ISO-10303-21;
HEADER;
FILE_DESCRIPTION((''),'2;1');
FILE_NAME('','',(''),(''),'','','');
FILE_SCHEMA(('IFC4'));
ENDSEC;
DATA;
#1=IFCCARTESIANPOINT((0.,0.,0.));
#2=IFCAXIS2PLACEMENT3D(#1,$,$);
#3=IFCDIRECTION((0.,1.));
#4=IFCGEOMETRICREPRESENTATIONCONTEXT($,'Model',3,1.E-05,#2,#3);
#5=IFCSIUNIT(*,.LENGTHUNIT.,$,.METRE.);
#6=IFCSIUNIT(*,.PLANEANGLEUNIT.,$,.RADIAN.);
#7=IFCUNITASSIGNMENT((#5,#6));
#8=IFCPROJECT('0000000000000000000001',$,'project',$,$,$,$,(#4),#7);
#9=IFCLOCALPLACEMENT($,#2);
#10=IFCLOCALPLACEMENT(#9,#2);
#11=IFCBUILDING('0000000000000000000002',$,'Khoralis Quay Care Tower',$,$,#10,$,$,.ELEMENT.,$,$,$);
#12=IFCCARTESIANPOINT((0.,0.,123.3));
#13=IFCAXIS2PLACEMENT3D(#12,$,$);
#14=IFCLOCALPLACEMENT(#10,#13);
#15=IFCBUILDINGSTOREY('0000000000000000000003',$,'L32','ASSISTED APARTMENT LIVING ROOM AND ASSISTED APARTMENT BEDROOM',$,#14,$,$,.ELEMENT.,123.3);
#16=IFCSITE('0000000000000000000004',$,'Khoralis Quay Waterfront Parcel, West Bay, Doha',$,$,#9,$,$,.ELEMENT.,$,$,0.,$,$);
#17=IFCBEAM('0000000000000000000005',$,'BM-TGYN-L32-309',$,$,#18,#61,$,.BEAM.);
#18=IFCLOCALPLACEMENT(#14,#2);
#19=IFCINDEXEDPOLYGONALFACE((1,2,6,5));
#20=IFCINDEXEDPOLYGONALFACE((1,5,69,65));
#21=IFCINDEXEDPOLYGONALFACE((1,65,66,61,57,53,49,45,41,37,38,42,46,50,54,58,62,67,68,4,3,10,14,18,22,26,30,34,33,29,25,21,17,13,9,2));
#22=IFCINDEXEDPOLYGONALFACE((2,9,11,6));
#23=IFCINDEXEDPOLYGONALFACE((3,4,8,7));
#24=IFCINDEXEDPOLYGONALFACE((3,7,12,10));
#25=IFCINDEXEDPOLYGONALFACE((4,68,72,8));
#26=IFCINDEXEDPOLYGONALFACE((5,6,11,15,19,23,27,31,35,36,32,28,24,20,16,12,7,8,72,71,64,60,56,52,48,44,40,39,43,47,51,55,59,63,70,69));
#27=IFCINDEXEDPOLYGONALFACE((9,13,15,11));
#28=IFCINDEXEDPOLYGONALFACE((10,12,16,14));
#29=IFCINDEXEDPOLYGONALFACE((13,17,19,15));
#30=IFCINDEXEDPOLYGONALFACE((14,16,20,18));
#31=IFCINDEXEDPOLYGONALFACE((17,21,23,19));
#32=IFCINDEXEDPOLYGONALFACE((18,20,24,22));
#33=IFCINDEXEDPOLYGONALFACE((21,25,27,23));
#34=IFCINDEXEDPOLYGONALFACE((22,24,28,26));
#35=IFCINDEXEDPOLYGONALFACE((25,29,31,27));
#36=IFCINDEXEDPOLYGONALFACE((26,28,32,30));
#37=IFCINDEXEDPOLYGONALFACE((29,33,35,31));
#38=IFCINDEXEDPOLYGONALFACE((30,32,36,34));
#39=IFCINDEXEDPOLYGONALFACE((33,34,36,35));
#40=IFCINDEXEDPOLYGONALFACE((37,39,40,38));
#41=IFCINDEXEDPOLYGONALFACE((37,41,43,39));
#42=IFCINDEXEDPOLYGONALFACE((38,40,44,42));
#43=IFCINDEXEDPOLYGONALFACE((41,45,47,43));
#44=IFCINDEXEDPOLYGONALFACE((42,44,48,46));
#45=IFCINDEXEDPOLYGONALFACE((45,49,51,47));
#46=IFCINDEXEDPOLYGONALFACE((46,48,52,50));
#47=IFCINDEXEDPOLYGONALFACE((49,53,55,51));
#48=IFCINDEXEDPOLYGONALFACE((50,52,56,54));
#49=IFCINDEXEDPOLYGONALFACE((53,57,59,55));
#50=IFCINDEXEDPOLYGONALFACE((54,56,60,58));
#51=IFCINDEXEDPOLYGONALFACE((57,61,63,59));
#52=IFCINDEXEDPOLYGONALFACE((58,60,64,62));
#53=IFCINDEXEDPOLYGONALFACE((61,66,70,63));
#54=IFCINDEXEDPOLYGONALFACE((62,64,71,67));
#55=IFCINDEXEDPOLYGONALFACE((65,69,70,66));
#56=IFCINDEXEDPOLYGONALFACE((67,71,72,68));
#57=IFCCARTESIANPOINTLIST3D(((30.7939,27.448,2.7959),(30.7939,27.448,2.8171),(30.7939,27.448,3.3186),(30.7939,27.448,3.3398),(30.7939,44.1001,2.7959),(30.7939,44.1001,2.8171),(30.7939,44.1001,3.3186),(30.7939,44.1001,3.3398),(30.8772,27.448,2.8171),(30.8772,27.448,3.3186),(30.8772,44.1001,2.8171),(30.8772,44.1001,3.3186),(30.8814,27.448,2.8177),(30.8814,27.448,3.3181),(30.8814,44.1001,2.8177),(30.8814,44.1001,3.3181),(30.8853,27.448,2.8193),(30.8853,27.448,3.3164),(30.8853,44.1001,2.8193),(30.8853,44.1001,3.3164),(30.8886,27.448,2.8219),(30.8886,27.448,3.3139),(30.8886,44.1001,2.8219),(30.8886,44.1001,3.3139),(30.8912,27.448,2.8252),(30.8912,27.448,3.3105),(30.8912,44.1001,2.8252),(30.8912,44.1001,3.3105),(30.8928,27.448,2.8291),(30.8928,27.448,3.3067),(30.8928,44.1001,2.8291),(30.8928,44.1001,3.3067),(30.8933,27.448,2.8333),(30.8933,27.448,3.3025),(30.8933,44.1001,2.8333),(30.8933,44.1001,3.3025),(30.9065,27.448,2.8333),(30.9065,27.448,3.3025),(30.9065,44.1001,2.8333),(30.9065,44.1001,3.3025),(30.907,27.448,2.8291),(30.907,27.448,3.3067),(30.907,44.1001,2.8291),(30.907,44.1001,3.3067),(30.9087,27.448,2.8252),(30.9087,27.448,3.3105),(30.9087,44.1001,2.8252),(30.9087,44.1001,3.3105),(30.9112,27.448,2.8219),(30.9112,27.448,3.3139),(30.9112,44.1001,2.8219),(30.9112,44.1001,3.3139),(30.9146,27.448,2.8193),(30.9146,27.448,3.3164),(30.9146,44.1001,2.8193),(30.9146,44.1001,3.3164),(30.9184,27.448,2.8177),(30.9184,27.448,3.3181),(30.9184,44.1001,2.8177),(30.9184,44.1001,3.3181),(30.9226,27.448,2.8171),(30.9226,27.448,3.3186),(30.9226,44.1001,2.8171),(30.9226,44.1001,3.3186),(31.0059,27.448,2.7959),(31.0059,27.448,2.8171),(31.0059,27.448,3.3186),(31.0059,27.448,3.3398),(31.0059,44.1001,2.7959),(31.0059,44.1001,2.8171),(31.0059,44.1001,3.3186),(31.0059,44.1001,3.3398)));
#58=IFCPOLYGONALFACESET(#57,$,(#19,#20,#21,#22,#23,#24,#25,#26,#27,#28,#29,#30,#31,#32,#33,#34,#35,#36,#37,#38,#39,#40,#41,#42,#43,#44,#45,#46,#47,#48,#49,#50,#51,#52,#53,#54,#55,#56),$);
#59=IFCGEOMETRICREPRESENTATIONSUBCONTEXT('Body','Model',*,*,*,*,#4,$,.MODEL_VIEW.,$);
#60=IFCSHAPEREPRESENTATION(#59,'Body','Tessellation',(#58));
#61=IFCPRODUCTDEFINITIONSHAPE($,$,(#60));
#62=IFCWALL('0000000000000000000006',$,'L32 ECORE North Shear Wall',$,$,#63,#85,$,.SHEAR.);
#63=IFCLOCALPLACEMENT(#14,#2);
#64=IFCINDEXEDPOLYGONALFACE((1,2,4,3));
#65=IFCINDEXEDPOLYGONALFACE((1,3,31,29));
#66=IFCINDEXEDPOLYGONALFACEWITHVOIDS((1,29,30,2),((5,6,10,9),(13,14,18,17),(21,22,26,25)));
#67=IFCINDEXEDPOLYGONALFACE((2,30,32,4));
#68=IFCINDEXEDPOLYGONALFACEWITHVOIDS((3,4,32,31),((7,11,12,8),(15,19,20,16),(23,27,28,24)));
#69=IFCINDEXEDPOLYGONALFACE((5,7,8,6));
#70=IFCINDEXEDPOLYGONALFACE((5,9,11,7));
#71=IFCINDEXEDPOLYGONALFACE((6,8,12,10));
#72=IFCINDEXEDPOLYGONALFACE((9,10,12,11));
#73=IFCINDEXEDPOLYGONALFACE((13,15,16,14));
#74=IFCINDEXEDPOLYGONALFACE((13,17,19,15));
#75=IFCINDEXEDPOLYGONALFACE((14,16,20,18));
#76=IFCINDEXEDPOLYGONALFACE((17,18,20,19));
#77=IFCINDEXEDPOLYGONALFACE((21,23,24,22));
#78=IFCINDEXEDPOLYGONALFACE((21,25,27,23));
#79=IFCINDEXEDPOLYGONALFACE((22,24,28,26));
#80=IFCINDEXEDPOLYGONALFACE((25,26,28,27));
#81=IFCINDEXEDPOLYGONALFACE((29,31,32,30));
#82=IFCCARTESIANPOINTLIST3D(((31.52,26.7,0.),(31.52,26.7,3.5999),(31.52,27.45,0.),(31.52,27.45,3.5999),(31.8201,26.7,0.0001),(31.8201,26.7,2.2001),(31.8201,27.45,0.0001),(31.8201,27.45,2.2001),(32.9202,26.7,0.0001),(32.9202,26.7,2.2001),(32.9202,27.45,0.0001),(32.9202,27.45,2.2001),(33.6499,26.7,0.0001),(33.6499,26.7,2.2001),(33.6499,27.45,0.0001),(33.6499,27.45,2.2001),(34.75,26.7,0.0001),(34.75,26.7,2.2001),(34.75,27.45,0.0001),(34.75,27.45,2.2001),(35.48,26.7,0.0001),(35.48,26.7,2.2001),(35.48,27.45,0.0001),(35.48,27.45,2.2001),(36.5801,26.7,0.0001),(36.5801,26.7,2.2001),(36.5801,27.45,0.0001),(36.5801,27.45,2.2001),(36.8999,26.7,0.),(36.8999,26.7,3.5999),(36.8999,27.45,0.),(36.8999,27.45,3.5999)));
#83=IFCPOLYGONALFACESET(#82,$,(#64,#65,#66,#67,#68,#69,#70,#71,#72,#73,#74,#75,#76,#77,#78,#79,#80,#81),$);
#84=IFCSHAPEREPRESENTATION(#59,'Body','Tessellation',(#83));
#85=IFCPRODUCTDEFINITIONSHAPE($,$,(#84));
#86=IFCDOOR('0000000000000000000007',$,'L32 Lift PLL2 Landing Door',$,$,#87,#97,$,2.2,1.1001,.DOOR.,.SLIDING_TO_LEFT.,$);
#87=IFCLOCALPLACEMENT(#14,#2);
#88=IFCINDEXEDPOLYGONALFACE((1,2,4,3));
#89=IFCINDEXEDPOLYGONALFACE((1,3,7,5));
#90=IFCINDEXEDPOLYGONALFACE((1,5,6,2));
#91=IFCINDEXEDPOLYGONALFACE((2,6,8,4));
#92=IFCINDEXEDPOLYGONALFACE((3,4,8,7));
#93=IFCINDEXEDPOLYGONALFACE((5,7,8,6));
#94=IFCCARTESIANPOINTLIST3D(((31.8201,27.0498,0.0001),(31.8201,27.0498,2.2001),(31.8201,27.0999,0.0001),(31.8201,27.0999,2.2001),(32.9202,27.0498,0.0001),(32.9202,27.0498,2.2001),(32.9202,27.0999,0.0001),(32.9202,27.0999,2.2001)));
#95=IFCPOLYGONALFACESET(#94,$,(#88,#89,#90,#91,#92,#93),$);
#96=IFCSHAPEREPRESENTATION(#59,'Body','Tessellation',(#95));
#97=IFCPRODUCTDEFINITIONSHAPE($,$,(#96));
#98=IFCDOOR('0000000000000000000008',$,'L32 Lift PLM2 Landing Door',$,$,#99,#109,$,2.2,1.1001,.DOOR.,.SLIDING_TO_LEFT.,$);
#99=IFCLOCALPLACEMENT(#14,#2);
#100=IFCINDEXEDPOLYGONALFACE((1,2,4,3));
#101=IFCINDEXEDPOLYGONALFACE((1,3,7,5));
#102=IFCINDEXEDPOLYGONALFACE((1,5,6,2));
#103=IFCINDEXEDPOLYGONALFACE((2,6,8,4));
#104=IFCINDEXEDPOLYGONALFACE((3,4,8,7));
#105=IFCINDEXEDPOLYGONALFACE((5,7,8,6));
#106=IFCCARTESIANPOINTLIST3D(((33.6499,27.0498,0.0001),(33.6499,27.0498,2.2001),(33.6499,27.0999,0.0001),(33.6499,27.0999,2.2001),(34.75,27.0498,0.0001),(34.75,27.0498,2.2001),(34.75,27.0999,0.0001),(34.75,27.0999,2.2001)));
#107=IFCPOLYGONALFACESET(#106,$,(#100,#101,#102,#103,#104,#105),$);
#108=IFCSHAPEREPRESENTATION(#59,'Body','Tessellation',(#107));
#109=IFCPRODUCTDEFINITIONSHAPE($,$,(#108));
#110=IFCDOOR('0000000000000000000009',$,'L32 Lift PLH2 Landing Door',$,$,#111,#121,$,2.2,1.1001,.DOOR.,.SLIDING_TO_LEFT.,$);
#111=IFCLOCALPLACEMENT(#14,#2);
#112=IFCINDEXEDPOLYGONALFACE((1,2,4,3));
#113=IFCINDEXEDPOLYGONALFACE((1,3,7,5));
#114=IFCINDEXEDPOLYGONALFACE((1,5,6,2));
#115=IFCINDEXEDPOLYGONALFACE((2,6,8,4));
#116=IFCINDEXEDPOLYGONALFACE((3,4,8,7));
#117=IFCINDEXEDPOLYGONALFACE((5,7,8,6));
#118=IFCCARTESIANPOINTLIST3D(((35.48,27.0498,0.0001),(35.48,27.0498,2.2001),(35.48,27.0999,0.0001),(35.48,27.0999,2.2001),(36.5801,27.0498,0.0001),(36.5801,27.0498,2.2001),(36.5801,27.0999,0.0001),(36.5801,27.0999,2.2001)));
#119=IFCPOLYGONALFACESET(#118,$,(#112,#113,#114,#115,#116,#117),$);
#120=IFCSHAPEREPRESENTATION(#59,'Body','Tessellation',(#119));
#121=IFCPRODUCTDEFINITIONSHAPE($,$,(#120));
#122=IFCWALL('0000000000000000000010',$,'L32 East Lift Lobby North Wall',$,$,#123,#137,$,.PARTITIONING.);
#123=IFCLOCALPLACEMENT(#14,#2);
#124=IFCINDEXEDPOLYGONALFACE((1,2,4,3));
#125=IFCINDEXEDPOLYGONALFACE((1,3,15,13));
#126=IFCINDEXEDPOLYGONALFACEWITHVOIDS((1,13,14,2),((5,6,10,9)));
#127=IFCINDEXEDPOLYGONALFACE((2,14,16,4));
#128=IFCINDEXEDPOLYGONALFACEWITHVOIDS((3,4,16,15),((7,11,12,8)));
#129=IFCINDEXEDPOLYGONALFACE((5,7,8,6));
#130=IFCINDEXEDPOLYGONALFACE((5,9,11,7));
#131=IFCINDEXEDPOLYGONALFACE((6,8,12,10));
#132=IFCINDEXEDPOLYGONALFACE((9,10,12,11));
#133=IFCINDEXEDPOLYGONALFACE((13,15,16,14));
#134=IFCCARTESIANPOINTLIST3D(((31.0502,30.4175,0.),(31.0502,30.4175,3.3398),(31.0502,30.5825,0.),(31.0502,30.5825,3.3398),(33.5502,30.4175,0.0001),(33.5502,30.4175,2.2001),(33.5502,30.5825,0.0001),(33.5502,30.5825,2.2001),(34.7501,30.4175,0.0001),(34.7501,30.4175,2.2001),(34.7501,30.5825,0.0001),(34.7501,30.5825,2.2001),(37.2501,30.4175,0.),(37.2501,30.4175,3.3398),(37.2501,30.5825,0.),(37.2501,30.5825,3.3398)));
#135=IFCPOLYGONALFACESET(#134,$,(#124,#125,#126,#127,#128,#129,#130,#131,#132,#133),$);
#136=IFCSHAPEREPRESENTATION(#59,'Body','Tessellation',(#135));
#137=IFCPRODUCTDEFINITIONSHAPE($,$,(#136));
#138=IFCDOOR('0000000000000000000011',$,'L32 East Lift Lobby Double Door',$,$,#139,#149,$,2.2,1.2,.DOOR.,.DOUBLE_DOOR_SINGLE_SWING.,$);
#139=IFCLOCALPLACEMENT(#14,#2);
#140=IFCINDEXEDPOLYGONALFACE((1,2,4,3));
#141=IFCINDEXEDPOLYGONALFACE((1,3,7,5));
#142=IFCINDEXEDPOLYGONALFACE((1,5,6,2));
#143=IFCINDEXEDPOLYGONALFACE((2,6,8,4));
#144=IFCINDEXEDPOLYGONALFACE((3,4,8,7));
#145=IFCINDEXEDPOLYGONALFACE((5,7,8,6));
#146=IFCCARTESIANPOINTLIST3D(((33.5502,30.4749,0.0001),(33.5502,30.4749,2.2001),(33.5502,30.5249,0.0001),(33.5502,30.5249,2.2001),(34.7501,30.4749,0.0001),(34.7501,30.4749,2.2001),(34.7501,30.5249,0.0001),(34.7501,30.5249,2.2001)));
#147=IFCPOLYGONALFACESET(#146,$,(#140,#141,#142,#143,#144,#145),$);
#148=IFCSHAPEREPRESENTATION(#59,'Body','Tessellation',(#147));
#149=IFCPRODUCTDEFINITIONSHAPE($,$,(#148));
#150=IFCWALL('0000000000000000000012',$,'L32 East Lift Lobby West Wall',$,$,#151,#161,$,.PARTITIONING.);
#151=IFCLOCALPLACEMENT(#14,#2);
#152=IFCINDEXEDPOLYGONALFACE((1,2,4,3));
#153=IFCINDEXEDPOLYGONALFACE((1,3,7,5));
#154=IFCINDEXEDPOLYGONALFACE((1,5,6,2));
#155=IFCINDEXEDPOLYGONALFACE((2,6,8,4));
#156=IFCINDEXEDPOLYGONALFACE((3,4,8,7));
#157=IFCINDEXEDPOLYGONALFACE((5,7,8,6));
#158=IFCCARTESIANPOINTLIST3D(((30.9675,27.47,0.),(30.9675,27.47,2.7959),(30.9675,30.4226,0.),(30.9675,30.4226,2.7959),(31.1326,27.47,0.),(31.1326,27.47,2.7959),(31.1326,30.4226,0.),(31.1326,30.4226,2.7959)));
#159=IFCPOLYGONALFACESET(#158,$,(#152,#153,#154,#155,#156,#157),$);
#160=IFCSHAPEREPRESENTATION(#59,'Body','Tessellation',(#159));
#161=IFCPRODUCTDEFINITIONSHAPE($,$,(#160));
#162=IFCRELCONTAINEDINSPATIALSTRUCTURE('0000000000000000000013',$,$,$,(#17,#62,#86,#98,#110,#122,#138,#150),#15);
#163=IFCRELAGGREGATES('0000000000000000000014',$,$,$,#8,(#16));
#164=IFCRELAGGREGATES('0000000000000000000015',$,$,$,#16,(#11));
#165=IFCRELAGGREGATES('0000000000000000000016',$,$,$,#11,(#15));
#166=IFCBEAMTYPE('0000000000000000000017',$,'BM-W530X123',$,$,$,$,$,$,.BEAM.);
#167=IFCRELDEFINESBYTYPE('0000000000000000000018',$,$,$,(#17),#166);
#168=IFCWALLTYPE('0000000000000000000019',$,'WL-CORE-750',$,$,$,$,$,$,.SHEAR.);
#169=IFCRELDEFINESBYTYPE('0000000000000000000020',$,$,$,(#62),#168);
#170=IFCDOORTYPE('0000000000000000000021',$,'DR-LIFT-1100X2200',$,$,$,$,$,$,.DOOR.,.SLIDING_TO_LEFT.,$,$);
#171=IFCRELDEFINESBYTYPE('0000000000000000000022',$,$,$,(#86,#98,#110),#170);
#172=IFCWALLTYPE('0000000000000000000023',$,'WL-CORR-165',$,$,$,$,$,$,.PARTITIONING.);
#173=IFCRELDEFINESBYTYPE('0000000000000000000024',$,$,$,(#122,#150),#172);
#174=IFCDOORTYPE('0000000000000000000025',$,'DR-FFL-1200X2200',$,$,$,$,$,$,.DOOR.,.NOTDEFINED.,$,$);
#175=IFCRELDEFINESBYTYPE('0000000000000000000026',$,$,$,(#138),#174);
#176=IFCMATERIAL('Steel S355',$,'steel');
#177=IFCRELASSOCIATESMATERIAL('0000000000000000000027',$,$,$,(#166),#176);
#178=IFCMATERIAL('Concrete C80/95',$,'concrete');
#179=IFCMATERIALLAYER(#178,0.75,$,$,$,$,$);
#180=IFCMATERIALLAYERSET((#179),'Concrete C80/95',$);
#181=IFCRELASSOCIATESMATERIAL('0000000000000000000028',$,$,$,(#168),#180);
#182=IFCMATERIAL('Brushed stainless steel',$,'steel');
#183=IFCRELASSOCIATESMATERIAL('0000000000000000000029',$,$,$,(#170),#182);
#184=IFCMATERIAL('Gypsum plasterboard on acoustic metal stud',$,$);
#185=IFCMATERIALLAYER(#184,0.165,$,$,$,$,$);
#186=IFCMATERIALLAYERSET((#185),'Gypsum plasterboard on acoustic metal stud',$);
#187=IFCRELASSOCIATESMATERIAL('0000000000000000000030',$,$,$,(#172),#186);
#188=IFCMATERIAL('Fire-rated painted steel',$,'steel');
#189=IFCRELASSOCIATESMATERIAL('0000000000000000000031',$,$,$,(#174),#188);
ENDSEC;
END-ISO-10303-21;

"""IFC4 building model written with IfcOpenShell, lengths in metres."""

from ifc_helpers import new_model, si_unit, direction, frame, frame_2d, origin, origin_2d, place, context, subcontext, project, spatial, rectangle, i_section, extrude, source, transform, mapped, material, layer, layer_set, material_profile, profile_set, type_object, element, fill, save


model = new_model("IFC4")

# Units and contexts
model_context = context("Model", 3, precision=1e-05, world=origin(), true_north=direction((0.0, 1.0)))
body_context = subcontext(model_context, "Body", "Model", "MODEL_VIEW")
ifc_project = project(units=[si_unit("LENGTHUNIT", "METRE"), si_unit("PLANEANGLEUNIT", "RADIAN")], contexts=[model_context])

# Site, building, storey
site_placement = place(None, origin())
site = spatial("IfcSite", under=ifc_project, at=site_placement, Name="Khoralis Quay Waterfront Parcel, West Bay, Doha", CompositionType="ELEMENT", RefElevation=0.0)
building_placement = place(site_placement, origin())
building = spatial("IfcBuilding", under=site, at=building_placement, Name="Khoralis Quay Care Tower", CompositionType="ELEMENT")
storey_placement = place(building_placement, frame((0.0, 0.0, 123.3)))
storey = spatial("IfcBuildingStorey", under=building, at=storey_placement, Name="L32", Description="ASSISTED APARTMENT LIVING ROOM AND ASSISTED APARTMENT BEDROOM", CompositionType="ELEMENT", Elevation=123.3)

# Beam
ifc_material_1 = material(Name="Steel S355", Category="steel")
ifc_material_profile_1 = material_profile(ifc_material_1, i_section(OverallWidth=0.2119, OverallDepth=0.5439, WebThickness=0.0132, FlangeThickness=0.0212, FilletRadius=0.0161, at=origin_2d()), Name="Steel S355")
ifc_profile_set_1 = profile_set([ifc_material_profile_1], Name="Steel S355")
beam_type_1 = type_object("IfcBeamType", Name="BM-W530X123", PredefinedType="BEAM", material=ifc_profile_set_1)
shared_shape_1 = source(origin(), body_context, "Body", "SweptSolid", [
    extrude(i_section(OverallWidth=0.2119, OverallDepth=0.5439, WebThickness=0.0132, FlangeThickness=0.0212, FilletRadius=0.0161, at=origin_2d()), origin(), (0.0, 0.0, 1.0), 16.6521),
])
beam_1_placement = place(storey_placement, frame((30.8999, 27.448, 3.0679), z_axis=(0.0, 1.0, 0.0), x_axis=(-1.0, 0.0, 0.0)))
element("IfcBeam", 1, at=beam_1_placement, inside=storey, type_object=beam_type_1, Name="BM-TGYN-L32-309", PredefinedType="BEAM", context=body_context, shape_type="MappedRepresentation", body=[
    mapped(shared_shape_1, transform((0.0, 0.0, 0.0), scale=1.0)),
])

# Wall, openings, doors
ifc_material_2 = material(Name="Concrete C80/95", Category="concrete")
ifc_layer_1 = layer(ifc_material_2, 0.75)
ifc_layer_set_1 = layer_set([ifc_layer_1], Name="Concrete C80/95")
wall_type_1 = type_object("IfcWallType", Name="WL-CORE-750", PredefinedType="SHEAR", material=ifc_layer_set_1)
wall_1_placement = place(storey_placement, frame((31.52, 27.075, 0.0), z_axis=(0.0, 0.0, 1.0), x_axis=(1.0, 0.0, 0.0)))
wall_1 = element("IfcWall", 2, at=wall_1_placement, inside=storey, type_object=wall_type_1, Name="L32 ECORE North Shear Wall", PredefinedType="SHEAR", context=body_context, shape_type="SweptSolid", body=[
    extrude(rectangle(XDim=5.3799, YDim=0.75, at=frame_2d((2.6899, 0.0))), origin(), (0.0, 0.0, 1.0), 3.5999),
])
opening_1_placement = place(wall_1_placement, frame((0.3, 0.0, 0.0)))
opening_1 = element("IfcOpeningElement", 3, at=opening_1_placement, cuts=wall_1, PredefinedType="OPENING", context=body_context, shape_type="SweptSolid", body=[
    extrude(rectangle(XDim=1.1001, YDim=2.2, at=frame_2d((0.55, 1.1001))), frame((0.0, 0.385, 0.0), z_axis=(0.0, -1.0, 0.0), x_axis=(1.0, 0.0, 0.0)), (0.0, 0.0, 1.0), 0.77),
])
opening_2_placement = place(wall_1_placement, frame((2.1299, 0.0, 0.0)))
opening_2 = element("IfcOpeningElement", 4, at=opening_2_placement, cuts=wall_1, PredefinedType="OPENING", context=body_context, shape_type="SweptSolid", body=[
    extrude(rectangle(XDim=1.1001, YDim=2.2, at=frame_2d((0.55, 1.1001))), frame((0.0, 0.385, 0.0), z_axis=(0.0, -1.0, 0.0), x_axis=(1.0, 0.0, 0.0)), (0.0, 0.0, 1.0), 0.77),
])
opening_3_placement = place(wall_1_placement, frame((3.96, 0.0, 0.0)))
opening_3 = element("IfcOpeningElement", 5, at=opening_3_placement, cuts=wall_1, PredefinedType="OPENING", context=body_context, shape_type="SweptSolid", body=[
    extrude(rectangle(XDim=1.1001, YDim=2.2, at=frame_2d((0.55, 1.1001))), frame((0.0, 0.385, 0.0), z_axis=(0.0, -1.0, 0.0), x_axis=(1.0, 0.0, 0.0)), (0.0, 0.0, 1.0), 0.77),
])
ifc_material_3 = material(Name="Brushed stainless steel", Category="steel")
door_type_1 = type_object("IfcDoorType", Name="DR-LIFT-1100X2200", OperationType="SLIDING_TO_LEFT", PredefinedType="DOOR", material=ifc_material_3)
shared_shape_2 = source(origin(), body_context, "Body", "SweptSolid", [
    extrude(rectangle(XDim=1.1001, YDim=2.2, at=frame_2d((0.55, 1.1001))), frame((0.0, 0.0249, 0.0), z_axis=(0.0, -1.0, 0.0), x_axis=(1.0, 0.0, 0.0)), (0.0, 0.0, 1.0), 0.05),
])
door_1_placement = place(opening_1_placement, origin())
door_1 = element("IfcDoor", 6, at=door_1_placement, inside=storey, type_object=door_type_1, Name="L32 Lift PLL2 Landing Door", OperationType="SLIDING_TO_LEFT", OverallHeight=2.2, OverallWidth=1.1001, PredefinedType="DOOR", context=body_context, shape_type="MappedRepresentation", body=[
    mapped(shared_shape_2, transform((0.0, 0.0, 0.0), scale=1.0)),
])
fill(opening_1, door_1)
door_2_placement = place(opening_2_placement, origin())
door_2 = element("IfcDoor", 7, at=door_2_placement, inside=storey, type_object=door_type_1, Name="L32 Lift PLM2 Landing Door", OperationType="SLIDING_TO_LEFT", OverallHeight=2.2, OverallWidth=1.1001, PredefinedType="DOOR", context=body_context, shape_type="MappedRepresentation", body=[
    mapped(shared_shape_2, transform((0.0, 0.0, 0.0), scale=1.0)),
])
fill(opening_2, door_2)
door_3_placement = place(opening_3_placement, origin())
door_3 = element("IfcDoor", 8, at=door_3_placement, inside=storey, type_object=door_type_1, Name="L32 Lift PLH2 Landing Door", OperationType="SLIDING_TO_LEFT", OverallHeight=2.2, OverallWidth=1.1001, PredefinedType="DOOR", context=body_context, shape_type="MappedRepresentation", body=[
    mapped(shared_shape_2, transform((0.0, 0.0, 0.0), scale=1.0)),
])
fill(opening_3, door_3)

# Wall, opening, door
ifc_material_4 = material(Name="Gypsum plasterboard on acoustic metal stud")
ifc_layer_2 = layer(ifc_material_4, 0.165)
ifc_layer_set_2 = layer_set([ifc_layer_2], Name="Gypsum plasterboard on acoustic metal stud")
wall_type_2 = type_object("IfcWallType", Name="WL-CORR-165", PredefinedType="PARTITIONING", material=ifc_layer_set_2)
wall_2_placement = place(storey_placement, frame((31.05, 30.5, 0.0), z_axis=(0.0, 0.0, 1.0), x_axis=(1.0, 0.0, 0.0)))
wall_2 = element("IfcWall", 9, at=wall_2_placement, inside=storey, type_object=wall_type_2, Name="L32 East Lift Lobby North Wall", PredefinedType="PARTITIONING", context=body_context, shape_type="SweptSolid", body=[
    extrude(rectangle(XDim=6.2, YDim=0.165, at=frame_2d((3.1001, 0.0))), origin(), (0.0, 0.0, 1.0), 3.3398),
])
opening_4_placement = place(wall_2_placement, frame((2.5, 0.0, 0.0)))
opening_4 = element("IfcOpeningElement", 10, at=opening_4_placement, cuts=wall_2, PredefinedType="OPENING", context=body_context, shape_type="SweptSolid", body=[
    extrude(rectangle(XDim=1.2, YDim=2.2, at=frame_2d((0.6001, 1.1001))), frame((0.0, 0.0925, 0.0), z_axis=(0.0, -1.0, 0.0), x_axis=(1.0, 0.0, 0.0)), (0.0, 0.0, 1.0), 0.1851),
])
ifc_material_5 = material(Name="Fire-rated painted steel", Category="steel")
door_type_2 = type_object("IfcDoorType", Name="DR-FFL-1200X2200", OperationType="NOTDEFINED", PredefinedType="DOOR", material=ifc_material_5)
shared_shape_3 = source(origin(), body_context, "Body", "SweptSolid", [
    extrude(rectangle(XDim=1.2, YDim=2.2, at=frame_2d((0.6001, 1.1001))), frame((0.0, 0.0249, 0.0), z_axis=(0.0, -1.0, 0.0), x_axis=(1.0, 0.0, 0.0)), (0.0, 0.0, 1.0), 0.05),
])
door_4_placement = place(opening_4_placement, origin())
door_4 = element("IfcDoor", 11, at=door_4_placement, inside=storey, type_object=door_type_2, Name="L32 East Lift Lobby Double Door", OperationType="DOUBLE_DOOR_SINGLE_SWING", OverallHeight=2.2, OverallWidth=1.2, PredefinedType="DOOR", context=body_context, shape_type="MappedRepresentation", body=[
    mapped(shared_shape_3, transform((0.0, 0.0, 0.0), scale=1.0)),
])
fill(opening_4, door_4)

# Wall
wall_3_placement = place(storey_placement, frame((31.05, 27.47, 0.0), z_axis=(0.0, 0.0, 1.0), x_axis=(0.0, 1.0, 0.0)))
element("IfcWall", 12, at=wall_3_placement, inside=storey, type_object=wall_type_2, Name="L32 East Lift Lobby West Wall", PredefinedType="PARTITIONING", context=body_context, shape_type="SweptSolid", body=[
    extrude(rectangle(XDim=2.9526, YDim=0.165, at=frame_2d((1.4763, 0.0))), origin(), (0.0, 0.0, 1.0), 2.7959),
])

save(model, "model.ifc")
